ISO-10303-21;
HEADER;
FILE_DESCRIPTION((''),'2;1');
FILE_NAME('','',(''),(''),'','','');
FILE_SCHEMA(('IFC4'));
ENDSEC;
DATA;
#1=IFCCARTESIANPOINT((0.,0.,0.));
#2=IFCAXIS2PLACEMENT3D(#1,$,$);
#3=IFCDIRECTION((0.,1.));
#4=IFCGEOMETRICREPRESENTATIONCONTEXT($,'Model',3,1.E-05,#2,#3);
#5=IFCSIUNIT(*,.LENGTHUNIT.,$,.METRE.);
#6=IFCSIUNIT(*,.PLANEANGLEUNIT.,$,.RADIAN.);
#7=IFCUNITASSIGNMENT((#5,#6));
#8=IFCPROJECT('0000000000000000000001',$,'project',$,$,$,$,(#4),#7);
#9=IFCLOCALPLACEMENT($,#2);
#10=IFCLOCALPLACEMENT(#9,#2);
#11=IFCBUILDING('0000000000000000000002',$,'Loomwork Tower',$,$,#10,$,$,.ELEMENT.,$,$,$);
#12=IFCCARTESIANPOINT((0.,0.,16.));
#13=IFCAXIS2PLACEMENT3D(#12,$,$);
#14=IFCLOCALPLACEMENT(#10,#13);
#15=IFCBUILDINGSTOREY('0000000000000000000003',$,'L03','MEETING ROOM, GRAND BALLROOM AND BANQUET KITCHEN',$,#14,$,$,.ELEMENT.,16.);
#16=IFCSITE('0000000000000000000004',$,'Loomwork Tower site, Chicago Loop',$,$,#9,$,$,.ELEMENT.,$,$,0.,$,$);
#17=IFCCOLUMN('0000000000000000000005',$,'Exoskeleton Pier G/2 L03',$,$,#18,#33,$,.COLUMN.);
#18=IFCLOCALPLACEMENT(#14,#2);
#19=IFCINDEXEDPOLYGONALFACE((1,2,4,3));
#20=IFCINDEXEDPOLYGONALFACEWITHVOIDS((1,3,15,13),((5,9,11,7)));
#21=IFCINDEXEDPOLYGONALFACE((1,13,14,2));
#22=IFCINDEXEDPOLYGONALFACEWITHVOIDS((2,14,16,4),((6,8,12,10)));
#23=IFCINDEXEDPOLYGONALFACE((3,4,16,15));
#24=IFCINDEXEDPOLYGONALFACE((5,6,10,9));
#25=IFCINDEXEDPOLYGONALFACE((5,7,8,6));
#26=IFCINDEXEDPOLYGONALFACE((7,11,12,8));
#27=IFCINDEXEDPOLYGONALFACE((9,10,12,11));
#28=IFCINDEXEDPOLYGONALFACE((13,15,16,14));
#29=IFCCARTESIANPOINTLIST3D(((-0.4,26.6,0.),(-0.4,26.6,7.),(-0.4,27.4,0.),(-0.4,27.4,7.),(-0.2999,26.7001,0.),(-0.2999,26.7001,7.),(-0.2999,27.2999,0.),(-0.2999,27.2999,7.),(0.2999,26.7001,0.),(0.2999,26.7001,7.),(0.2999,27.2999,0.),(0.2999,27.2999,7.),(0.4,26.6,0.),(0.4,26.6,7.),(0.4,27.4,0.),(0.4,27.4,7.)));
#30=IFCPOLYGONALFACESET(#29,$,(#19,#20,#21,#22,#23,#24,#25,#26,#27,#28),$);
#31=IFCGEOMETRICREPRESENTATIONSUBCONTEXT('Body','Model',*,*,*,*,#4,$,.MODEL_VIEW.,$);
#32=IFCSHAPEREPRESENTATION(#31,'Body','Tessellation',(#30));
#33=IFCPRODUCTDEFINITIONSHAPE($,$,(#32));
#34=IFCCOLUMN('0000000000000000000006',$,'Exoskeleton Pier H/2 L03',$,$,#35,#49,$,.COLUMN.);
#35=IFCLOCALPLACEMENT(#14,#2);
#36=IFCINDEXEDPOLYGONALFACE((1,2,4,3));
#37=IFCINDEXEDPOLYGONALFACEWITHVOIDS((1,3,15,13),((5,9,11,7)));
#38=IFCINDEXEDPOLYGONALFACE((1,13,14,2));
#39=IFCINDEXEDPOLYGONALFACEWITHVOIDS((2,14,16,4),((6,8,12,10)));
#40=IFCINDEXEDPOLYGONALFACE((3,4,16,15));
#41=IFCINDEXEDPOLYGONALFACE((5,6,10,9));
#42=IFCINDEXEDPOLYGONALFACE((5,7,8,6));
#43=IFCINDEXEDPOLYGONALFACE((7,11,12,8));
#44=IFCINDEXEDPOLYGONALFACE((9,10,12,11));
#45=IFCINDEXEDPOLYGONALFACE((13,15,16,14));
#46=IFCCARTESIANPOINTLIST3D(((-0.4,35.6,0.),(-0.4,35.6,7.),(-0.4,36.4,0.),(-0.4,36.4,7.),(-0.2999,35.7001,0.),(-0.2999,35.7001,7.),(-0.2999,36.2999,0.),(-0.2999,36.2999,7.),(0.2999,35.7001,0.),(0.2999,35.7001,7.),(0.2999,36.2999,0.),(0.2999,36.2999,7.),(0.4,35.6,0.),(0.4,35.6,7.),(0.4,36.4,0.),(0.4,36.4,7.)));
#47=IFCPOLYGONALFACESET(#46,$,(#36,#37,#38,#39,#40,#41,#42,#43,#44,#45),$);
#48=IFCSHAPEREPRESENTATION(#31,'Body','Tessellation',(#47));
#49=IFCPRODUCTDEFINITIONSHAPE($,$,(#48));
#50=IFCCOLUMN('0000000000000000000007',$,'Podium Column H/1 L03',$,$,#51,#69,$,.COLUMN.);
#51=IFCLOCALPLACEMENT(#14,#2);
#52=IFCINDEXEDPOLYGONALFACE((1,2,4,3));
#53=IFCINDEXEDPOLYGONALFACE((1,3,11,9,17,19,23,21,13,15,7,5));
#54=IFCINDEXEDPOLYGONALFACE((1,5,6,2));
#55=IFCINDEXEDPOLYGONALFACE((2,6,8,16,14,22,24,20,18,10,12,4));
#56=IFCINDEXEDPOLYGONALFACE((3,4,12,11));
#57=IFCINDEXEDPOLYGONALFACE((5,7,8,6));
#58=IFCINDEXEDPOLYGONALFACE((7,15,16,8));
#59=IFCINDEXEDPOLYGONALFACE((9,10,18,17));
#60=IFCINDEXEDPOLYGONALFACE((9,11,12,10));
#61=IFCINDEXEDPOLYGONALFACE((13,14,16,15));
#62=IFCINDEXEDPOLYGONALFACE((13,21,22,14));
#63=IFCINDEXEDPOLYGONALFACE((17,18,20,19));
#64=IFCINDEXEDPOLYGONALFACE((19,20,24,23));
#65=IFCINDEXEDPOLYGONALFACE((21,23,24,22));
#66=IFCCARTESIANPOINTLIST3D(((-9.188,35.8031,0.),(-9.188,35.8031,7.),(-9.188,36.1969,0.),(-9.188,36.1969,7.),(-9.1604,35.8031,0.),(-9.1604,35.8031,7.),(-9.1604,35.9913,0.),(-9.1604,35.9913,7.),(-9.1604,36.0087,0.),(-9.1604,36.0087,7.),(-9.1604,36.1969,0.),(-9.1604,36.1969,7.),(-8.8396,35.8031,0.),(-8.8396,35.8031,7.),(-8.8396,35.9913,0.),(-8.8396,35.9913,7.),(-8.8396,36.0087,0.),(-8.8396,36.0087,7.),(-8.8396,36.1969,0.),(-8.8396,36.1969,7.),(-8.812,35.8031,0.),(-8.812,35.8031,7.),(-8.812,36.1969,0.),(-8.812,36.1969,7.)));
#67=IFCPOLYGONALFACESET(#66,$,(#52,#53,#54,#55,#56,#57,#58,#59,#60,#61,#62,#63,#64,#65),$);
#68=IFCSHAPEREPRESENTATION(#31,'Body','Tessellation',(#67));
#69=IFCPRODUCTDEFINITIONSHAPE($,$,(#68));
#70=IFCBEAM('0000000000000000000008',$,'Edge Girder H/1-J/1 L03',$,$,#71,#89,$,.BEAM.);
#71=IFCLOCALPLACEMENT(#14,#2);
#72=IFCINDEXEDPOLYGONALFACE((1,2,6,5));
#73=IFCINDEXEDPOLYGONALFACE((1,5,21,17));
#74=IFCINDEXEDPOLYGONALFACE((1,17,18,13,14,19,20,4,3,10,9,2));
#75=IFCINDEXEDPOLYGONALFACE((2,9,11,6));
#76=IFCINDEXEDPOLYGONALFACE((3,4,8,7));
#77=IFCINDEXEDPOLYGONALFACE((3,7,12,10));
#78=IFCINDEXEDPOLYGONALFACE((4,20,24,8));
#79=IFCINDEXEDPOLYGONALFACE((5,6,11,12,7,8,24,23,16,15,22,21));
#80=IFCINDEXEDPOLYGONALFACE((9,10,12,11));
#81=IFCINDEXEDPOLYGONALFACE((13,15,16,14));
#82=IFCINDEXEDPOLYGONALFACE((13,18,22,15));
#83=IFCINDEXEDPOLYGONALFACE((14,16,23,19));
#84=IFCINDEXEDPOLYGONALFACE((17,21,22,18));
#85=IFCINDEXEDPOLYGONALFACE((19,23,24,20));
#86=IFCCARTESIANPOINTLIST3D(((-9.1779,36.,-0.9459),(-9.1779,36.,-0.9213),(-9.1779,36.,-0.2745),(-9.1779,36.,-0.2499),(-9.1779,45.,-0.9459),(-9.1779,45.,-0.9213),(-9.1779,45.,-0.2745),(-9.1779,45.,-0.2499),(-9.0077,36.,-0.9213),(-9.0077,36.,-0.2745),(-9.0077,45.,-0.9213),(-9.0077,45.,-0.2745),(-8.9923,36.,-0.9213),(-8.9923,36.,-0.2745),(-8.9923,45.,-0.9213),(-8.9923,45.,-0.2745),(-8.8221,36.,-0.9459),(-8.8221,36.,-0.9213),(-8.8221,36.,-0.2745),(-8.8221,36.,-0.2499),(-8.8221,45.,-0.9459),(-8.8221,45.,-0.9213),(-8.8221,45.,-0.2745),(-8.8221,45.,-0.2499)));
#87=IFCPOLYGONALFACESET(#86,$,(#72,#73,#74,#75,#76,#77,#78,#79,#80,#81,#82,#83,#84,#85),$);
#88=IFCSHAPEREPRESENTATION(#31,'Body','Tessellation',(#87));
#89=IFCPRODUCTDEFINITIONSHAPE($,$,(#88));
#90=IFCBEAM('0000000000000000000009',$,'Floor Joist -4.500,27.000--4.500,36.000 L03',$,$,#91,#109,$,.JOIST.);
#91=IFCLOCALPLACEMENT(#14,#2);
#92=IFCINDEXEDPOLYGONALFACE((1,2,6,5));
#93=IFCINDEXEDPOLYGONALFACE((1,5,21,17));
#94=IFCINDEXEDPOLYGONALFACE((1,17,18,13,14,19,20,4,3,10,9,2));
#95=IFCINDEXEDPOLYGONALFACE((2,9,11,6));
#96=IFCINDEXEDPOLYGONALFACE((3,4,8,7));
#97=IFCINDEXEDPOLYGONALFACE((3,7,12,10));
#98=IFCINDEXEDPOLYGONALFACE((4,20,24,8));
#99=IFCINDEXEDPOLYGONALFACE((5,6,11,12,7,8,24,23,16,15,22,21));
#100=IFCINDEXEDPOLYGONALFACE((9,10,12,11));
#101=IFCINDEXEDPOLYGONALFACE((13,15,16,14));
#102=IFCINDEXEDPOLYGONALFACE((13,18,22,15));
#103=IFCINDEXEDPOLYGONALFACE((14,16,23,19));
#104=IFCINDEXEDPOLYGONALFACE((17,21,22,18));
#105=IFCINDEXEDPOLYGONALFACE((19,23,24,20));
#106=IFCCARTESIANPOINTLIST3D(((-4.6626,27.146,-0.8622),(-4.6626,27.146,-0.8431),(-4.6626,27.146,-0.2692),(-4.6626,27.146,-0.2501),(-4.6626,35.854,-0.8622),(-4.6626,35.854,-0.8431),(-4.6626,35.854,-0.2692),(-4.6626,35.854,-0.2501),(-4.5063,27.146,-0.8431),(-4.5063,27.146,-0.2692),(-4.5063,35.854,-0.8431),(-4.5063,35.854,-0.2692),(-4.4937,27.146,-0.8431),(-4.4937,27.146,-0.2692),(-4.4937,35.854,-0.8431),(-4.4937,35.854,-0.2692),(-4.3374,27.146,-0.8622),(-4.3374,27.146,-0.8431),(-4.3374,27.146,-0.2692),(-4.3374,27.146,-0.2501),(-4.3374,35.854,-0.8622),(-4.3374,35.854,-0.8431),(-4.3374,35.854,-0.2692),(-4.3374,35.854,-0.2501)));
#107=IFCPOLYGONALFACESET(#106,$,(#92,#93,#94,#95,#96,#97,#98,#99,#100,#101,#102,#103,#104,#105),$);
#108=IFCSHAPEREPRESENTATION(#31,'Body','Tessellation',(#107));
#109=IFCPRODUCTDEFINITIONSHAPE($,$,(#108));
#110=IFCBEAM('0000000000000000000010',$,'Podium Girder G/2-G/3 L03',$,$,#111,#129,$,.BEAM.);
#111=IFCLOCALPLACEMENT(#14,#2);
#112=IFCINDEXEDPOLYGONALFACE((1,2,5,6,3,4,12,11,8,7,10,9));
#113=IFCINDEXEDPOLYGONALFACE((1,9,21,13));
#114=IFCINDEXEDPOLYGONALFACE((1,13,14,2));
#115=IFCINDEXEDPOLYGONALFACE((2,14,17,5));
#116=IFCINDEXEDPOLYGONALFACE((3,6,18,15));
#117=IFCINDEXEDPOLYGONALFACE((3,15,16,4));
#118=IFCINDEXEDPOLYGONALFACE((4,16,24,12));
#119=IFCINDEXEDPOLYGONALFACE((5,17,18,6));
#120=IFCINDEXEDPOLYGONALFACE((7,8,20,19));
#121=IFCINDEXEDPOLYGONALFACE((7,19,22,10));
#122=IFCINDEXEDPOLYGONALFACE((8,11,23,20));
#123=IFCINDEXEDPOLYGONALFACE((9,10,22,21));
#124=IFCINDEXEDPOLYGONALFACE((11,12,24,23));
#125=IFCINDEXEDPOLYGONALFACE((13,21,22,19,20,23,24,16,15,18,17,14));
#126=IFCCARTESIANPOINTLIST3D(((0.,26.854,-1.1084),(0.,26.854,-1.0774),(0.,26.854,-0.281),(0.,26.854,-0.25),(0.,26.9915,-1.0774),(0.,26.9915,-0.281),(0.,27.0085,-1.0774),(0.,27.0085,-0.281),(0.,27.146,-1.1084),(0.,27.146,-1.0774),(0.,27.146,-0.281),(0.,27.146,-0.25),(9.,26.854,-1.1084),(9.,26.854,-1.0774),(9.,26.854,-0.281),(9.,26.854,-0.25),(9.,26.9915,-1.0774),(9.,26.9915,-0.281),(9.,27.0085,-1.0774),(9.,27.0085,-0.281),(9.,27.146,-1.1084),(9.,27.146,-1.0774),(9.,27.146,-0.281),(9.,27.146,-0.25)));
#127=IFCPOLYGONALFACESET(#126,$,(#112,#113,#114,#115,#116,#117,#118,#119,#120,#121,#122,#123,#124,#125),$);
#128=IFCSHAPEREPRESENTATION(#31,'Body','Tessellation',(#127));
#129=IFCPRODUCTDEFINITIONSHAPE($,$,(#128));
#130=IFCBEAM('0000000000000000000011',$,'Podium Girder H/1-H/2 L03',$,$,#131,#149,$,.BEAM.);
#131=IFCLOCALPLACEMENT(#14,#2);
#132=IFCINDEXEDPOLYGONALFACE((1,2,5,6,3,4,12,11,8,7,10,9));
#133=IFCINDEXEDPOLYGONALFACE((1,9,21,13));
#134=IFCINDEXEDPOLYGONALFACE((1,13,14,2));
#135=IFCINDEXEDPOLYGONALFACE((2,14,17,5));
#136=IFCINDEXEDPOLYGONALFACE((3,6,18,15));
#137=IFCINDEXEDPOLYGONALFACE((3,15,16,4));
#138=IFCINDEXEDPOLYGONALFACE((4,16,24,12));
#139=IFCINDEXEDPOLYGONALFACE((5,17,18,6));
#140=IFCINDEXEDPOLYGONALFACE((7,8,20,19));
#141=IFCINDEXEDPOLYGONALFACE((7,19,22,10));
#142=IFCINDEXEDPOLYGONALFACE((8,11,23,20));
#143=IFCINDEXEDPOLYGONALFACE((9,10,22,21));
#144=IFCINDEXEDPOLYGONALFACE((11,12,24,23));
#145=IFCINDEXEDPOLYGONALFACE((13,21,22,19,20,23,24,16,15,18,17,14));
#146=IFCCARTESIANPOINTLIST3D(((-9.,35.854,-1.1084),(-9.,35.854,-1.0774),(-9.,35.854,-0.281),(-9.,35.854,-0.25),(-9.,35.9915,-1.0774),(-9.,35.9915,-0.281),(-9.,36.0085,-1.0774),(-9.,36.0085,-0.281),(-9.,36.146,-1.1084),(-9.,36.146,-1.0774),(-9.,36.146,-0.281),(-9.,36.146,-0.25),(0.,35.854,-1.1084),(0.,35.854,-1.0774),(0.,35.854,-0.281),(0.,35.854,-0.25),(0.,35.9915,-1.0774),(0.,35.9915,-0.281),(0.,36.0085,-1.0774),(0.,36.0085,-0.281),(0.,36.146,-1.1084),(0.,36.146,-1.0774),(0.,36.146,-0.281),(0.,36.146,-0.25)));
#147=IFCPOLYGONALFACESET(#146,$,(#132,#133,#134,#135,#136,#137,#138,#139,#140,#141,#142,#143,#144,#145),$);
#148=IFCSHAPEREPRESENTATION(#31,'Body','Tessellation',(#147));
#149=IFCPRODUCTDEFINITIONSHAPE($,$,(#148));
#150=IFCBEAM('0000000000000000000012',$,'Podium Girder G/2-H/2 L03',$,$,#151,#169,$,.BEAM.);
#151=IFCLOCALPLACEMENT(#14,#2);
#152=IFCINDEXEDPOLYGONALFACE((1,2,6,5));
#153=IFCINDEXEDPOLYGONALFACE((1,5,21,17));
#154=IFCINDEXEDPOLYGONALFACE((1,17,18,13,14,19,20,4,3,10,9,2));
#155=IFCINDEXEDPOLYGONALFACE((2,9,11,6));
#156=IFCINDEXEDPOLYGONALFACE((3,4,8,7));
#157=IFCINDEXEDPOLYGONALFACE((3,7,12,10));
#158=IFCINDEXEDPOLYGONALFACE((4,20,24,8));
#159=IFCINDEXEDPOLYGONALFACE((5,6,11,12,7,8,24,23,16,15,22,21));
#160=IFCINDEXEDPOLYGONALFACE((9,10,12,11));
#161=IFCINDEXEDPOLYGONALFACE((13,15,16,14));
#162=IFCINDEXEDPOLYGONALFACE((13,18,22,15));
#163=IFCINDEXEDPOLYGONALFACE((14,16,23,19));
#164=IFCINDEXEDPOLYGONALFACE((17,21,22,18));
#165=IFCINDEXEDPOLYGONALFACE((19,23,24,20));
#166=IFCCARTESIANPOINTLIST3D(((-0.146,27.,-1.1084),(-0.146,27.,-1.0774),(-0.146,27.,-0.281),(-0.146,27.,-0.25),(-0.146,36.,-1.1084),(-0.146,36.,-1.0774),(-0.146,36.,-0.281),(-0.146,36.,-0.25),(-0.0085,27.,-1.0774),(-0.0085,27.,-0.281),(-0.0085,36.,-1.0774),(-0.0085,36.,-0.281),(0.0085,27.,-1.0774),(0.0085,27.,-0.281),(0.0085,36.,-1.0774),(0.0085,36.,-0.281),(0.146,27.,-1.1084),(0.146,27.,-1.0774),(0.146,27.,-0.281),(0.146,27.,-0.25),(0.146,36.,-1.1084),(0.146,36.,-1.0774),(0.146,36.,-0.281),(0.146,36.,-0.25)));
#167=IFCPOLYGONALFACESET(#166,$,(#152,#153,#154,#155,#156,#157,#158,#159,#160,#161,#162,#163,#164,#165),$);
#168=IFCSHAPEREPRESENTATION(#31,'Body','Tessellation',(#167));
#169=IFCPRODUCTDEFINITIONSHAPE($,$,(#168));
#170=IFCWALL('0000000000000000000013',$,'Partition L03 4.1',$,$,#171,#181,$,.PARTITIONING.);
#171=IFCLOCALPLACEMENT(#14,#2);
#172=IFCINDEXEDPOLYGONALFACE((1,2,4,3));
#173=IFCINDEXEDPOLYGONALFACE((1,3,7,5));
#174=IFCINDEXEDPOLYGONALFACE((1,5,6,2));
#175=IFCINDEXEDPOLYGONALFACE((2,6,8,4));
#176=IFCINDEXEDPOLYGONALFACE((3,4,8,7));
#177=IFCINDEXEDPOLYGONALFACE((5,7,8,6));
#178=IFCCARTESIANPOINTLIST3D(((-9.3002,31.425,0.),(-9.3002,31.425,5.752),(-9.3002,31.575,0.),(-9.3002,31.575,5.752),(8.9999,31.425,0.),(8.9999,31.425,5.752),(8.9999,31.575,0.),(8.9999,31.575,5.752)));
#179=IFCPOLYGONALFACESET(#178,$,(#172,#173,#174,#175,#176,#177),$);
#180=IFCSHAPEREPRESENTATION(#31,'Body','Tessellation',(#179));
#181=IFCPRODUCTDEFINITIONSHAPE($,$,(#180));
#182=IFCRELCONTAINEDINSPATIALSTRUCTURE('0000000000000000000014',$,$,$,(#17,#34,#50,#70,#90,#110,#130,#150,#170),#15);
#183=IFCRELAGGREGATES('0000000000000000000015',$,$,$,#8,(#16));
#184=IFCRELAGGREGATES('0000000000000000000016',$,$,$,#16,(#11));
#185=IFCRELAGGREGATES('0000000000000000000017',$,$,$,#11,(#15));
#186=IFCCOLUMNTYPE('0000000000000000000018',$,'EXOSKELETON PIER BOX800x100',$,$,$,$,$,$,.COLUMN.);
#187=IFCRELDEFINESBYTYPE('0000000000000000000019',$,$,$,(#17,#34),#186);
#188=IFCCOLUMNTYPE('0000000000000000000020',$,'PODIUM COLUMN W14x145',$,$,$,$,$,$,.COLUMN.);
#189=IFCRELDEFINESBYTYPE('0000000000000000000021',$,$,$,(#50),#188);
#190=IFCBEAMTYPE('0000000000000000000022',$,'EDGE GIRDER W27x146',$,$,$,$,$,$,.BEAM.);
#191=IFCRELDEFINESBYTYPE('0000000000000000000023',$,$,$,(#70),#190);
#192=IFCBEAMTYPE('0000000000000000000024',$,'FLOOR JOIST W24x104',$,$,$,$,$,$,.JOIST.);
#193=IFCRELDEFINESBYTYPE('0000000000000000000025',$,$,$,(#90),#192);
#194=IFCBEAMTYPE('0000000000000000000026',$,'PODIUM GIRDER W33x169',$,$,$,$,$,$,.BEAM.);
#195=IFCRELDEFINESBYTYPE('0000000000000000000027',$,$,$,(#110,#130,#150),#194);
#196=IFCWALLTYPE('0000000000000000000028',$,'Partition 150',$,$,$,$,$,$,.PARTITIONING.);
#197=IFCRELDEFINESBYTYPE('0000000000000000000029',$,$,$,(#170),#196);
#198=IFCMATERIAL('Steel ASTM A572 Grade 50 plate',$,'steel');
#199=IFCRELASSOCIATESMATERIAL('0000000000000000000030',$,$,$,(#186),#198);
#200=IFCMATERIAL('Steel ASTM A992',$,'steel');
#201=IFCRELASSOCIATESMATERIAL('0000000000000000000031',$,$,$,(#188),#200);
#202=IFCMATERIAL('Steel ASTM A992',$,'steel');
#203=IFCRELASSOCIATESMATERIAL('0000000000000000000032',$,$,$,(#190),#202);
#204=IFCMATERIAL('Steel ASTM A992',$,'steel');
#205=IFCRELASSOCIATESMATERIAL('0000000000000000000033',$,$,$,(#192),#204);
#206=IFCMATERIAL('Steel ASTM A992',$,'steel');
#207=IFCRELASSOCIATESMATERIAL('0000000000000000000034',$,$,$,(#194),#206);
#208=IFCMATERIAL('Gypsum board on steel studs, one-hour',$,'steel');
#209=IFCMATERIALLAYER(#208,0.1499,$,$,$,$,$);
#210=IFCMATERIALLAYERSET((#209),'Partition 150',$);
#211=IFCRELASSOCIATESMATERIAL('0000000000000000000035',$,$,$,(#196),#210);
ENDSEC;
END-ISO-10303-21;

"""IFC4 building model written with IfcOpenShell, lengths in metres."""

from ifc_helpers import new_model, si_unit, direction, frame, frame_2d, origin, origin_2d, place, context, subcontext, project, spatial, rectangle, hollow_rectangle, i_section, extrude, material, layer, layer_set, material_profile, profile_set, type_object, element, save


model = new_model("IFC4")

# Units and contexts
model_context = context("Model", 3, precision=1e-05, world=origin(), true_north=direction((0.0, 1.0)))
body_context = subcontext(model_context, "Body", "Model", "MODEL_VIEW")
ifc_project = project(units=[si_unit("LENGTHUNIT", "METRE"), si_unit("PLANEANGLEUNIT", "RADIAN")], contexts=[model_context])

# Site, building, storey
site_placement = place(None, origin())
site = spatial("IfcSite", under=ifc_project, at=site_placement, Name="Loomwork Tower site, Chicago Loop", CompositionType="ELEMENT", RefElevation=0.0)
building_placement = place(site_placement, origin())
building = spatial("IfcBuilding", under=site, at=building_placement, Name="Loomwork Tower", CompositionType="ELEMENT")
storey_placement = place(building_placement, frame((0.0, 0.0, 16.0)))
storey = spatial("IfcBuildingStorey", under=building, at=storey_placement, Name="L03", Description="MEETING ROOM, GRAND BALLROOM AND BANQUET KITCHEN", CompositionType="ELEMENT", Elevation=16.0)

# Columns
ifc_material_1 = material(Name="Steel ASTM A572 Grade 50 plate", Category="steel")
ifc_material_profile_1 = material_profile(ifc_material_1, hollow_rectangle(XDim=0.8, YDim=0.8, WallThickness=0.1001, at=origin_2d()), Name="BOX800x100")
ifc_profile_set_1 = profile_set([ifc_material_profile_1], Name="Steel ASTM A572 Grade 50 plate")
column_type_1 = type_object("IfcColumnType", Name="EXOSKELETON PIER BOX800x100", PredefinedType="COLUMN", material=ifc_profile_set_1)
for number, where, z_axis, x_axis, name in (
    (1, (0.0, 27.0, 0.0), (0.0, 0.0, 1.0), (0.0, 1.0, 0.0), "Exoskeleton Pier G/2 L03"),
    (2, (0.0, 36.0, 0.0), (0.0, 0.0, 1.0), (1.0, 0.0, 0.0), "Exoskeleton Pier H/2 L03"),
):
    element("IfcColumn", number, at=place(storey_placement, frame(where, z_axis=z_axis, x_axis=x_axis)), inside=storey, type_object=column_type_1, Name=name, PredefinedType="COLUMN", context=body_context, shape_type="SweptSolid", body=[
        extrude(hollow_rectangle(XDim=0.8, YDim=0.8, WallThickness=0.1001, at=origin_2d()), origin(), (0.0, 0.0, 1.0), 7.0),
    ])
ifc_material_2 = material(Name="Steel ASTM A992", Category="steel")
ifc_material_profile_2 = material_profile(ifc_material_2, i_section(OverallWidth=0.3938, OverallDepth=0.376, WebThickness=0.0173, FlangeThickness=0.0276, at=origin_2d()), Name="W14x145")
ifc_profile_set_2 = profile_set([ifc_material_profile_2], Name="Steel ASTM A992")
column_type_2 = type_object("IfcColumnType", Name="PODIUM COLUMN W14x145", PredefinedType="COLUMN", material=ifc_profile_set_2)
column_placement = place(storey_placement, frame((-9.0, 36.0, 0.0), z_axis=(0.0, 0.0, 1.0), x_axis=(0.0, 1.0, 0.0)))
element("IfcColumn", 3, at=column_placement, inside=storey, type_object=column_type_2, Name="Podium Column H/1 L03", PredefinedType="COLUMN", context=body_context, shape_type="SweptSolid", body=[
    extrude(i_section(OverallWidth=0.3938, OverallDepth=0.376, WebThickness=0.0173, FlangeThickness=0.0276, at=origin_2d()), origin(), (0.0, 0.0, 1.0), 7.0),
])

# Beams
ifc_material_3 = material(Name="Steel ASTM A992", Category="steel")
ifc_material_profile_3 = material_profile(ifc_material_3, i_section(OverallWidth=0.3557, OverallDepth=0.696, WebThickness=0.0154, FlangeThickness=0.0247, at=origin_2d()), Name="W27x146")
ifc_profile_set_3 = profile_set([ifc_material_profile_3], Name="Steel ASTM A992")
beam_type_1 = type_object("IfcBeamType", Name="EDGE GIRDER W27x146", PredefinedType="BEAM", material=ifc_profile_set_3)
beam_1_placement = place(storey_placement, frame((-9.0, 36.0, -0.5979), z_axis=(0.0, 1.0, 0.0), x_axis=(-1.0, 0.0, 0.0)))
element("IfcBeam", 4, at=beam_1_placement, inside=storey, type_object=beam_type_1, Name="Edge Girder H/1-J/1 L03", PredefinedType="BEAM", context=body_context, shape_type="SweptSolid", body=[
    extrude(i_section(OverallWidth=0.3557, OverallDepth=0.696, WebThickness=0.0154, FlangeThickness=0.0247, at=origin_2d()), origin(), (0.0, 0.0, 1.0), 9.0),
])
ifc_material_4 = material(Name="Steel ASTM A992", Category="steel")
ifc_material_profile_4 = material_profile(ifc_material_4, i_section(OverallWidth=0.3252, OverallDepth=0.6121, WebThickness=0.0127, FlangeThickness=0.019, at=origin_2d()), Name="W24x104")
ifc_profile_set_4 = profile_set([ifc_material_profile_4], Name="Steel ASTM A992")
beam_type_2 = type_object("IfcBeamType", Name="FLOOR JOIST W24x104", PredefinedType="JOIST", material=ifc_profile_set_4)
beam_2_placement = place(storey_placement, frame((-4.5, 27.146, -0.5562), z_axis=(0.0, 1.0, 0.0), x_axis=(-1.0, 0.0, 0.0)))
element("IfcBeam", 5, at=beam_2_placement, inside=storey, type_object=beam_type_2, Name="Floor Joist -4.500,27.000--4.500,36.000 L03", PredefinedType="JOIST", context=body_context, shape_type="SweptSolid", body=[
    extrude(i_section(OverallWidth=0.3252, OverallDepth=0.6121, WebThickness=0.0127, FlangeThickness=0.019, at=origin_2d()), origin(), (0.0, 0.0, 1.0), 8.708),
])
ifc_material_5 = material(Name="Steel ASTM A992", Category="steel")
ifc_material_profile_5 = material_profile(ifc_material_5, i_section(OverallWidth=0.292, OverallDepth=0.8584, WebThickness=0.0171, FlangeThickness=0.031, at=origin_2d()), Name="W33x169")
ifc_profile_set_5 = profile_set([ifc_material_profile_5], Name="Steel ASTM A992")
beam_type_3 = type_object("IfcBeamType", Name="PODIUM GIRDER W33x169", PredefinedType="BEAM", material=ifc_profile_set_5)
for number, where, z_axis, x_axis, name in (
    (6, (0.0, 27.0, -0.6792), (1.0, 0.0, 0.0), (0.0, 1.0, 0.0), "Podium Girder G/2-G/3 L03"),
    (7, (-9.0, 36.0, -0.6792), (1.0, 0.0, 0.0), (0.0, 1.0, 0.0), "Podium Girder H/1-H/2 L03"),
    (8, (0.0, 27.0, -0.6792), (0.0, 1.0, 0.0), (-1.0, 0.0, 0.0), "Podium Girder G/2-H/2 L03"),
):
    element("IfcBeam", number, at=place(storey_placement, frame(where, z_axis=z_axis, x_axis=x_axis)), inside=storey, type_object=beam_type_3, Name=name, PredefinedType="BEAM", context=body_context, shape_type="SweptSolid", body=[
        extrude(i_section(OverallWidth=0.292, OverallDepth=0.8584, WebThickness=0.0171, FlangeThickness=0.031, at=origin_2d()), origin(), (0.0, 0.0, 1.0), 9.0),
    ])

# Wall
ifc_material_6 = material(Name="Gypsum board on steel studs, one-hour", Category="steel")
ifc_layer_1 = layer(ifc_material_6, 0.1499)
ifc_layer_set_1 = layer_set([ifc_layer_1], Name="Partition 150")
wall_type = type_object("IfcWallType", Name="Partition 150", PredefinedType="PARTITIONING", material=ifc_layer_set_1)
wall_1_placement = place(storey_placement, frame((-9.3, 31.5, 0.0), z_axis=(0.0, 0.0, 1.0), x_axis=(1.0, 0.0, 0.0)))
element("IfcWall", 9, at=wall_1_placement, inside=storey, type_object=wall_type, Name="Partition L03 4.1", PredefinedType="PARTITIONING", context=body_context, shape_type="SweptSolid", body=[
    extrude(rectangle(XDim=18.3, YDim=0.1499, at=frame_2d((9.1499, 0.0))), origin(), (0.0, 0.0, 1.0), 5.752),
])

save(model, "model.ifc")
